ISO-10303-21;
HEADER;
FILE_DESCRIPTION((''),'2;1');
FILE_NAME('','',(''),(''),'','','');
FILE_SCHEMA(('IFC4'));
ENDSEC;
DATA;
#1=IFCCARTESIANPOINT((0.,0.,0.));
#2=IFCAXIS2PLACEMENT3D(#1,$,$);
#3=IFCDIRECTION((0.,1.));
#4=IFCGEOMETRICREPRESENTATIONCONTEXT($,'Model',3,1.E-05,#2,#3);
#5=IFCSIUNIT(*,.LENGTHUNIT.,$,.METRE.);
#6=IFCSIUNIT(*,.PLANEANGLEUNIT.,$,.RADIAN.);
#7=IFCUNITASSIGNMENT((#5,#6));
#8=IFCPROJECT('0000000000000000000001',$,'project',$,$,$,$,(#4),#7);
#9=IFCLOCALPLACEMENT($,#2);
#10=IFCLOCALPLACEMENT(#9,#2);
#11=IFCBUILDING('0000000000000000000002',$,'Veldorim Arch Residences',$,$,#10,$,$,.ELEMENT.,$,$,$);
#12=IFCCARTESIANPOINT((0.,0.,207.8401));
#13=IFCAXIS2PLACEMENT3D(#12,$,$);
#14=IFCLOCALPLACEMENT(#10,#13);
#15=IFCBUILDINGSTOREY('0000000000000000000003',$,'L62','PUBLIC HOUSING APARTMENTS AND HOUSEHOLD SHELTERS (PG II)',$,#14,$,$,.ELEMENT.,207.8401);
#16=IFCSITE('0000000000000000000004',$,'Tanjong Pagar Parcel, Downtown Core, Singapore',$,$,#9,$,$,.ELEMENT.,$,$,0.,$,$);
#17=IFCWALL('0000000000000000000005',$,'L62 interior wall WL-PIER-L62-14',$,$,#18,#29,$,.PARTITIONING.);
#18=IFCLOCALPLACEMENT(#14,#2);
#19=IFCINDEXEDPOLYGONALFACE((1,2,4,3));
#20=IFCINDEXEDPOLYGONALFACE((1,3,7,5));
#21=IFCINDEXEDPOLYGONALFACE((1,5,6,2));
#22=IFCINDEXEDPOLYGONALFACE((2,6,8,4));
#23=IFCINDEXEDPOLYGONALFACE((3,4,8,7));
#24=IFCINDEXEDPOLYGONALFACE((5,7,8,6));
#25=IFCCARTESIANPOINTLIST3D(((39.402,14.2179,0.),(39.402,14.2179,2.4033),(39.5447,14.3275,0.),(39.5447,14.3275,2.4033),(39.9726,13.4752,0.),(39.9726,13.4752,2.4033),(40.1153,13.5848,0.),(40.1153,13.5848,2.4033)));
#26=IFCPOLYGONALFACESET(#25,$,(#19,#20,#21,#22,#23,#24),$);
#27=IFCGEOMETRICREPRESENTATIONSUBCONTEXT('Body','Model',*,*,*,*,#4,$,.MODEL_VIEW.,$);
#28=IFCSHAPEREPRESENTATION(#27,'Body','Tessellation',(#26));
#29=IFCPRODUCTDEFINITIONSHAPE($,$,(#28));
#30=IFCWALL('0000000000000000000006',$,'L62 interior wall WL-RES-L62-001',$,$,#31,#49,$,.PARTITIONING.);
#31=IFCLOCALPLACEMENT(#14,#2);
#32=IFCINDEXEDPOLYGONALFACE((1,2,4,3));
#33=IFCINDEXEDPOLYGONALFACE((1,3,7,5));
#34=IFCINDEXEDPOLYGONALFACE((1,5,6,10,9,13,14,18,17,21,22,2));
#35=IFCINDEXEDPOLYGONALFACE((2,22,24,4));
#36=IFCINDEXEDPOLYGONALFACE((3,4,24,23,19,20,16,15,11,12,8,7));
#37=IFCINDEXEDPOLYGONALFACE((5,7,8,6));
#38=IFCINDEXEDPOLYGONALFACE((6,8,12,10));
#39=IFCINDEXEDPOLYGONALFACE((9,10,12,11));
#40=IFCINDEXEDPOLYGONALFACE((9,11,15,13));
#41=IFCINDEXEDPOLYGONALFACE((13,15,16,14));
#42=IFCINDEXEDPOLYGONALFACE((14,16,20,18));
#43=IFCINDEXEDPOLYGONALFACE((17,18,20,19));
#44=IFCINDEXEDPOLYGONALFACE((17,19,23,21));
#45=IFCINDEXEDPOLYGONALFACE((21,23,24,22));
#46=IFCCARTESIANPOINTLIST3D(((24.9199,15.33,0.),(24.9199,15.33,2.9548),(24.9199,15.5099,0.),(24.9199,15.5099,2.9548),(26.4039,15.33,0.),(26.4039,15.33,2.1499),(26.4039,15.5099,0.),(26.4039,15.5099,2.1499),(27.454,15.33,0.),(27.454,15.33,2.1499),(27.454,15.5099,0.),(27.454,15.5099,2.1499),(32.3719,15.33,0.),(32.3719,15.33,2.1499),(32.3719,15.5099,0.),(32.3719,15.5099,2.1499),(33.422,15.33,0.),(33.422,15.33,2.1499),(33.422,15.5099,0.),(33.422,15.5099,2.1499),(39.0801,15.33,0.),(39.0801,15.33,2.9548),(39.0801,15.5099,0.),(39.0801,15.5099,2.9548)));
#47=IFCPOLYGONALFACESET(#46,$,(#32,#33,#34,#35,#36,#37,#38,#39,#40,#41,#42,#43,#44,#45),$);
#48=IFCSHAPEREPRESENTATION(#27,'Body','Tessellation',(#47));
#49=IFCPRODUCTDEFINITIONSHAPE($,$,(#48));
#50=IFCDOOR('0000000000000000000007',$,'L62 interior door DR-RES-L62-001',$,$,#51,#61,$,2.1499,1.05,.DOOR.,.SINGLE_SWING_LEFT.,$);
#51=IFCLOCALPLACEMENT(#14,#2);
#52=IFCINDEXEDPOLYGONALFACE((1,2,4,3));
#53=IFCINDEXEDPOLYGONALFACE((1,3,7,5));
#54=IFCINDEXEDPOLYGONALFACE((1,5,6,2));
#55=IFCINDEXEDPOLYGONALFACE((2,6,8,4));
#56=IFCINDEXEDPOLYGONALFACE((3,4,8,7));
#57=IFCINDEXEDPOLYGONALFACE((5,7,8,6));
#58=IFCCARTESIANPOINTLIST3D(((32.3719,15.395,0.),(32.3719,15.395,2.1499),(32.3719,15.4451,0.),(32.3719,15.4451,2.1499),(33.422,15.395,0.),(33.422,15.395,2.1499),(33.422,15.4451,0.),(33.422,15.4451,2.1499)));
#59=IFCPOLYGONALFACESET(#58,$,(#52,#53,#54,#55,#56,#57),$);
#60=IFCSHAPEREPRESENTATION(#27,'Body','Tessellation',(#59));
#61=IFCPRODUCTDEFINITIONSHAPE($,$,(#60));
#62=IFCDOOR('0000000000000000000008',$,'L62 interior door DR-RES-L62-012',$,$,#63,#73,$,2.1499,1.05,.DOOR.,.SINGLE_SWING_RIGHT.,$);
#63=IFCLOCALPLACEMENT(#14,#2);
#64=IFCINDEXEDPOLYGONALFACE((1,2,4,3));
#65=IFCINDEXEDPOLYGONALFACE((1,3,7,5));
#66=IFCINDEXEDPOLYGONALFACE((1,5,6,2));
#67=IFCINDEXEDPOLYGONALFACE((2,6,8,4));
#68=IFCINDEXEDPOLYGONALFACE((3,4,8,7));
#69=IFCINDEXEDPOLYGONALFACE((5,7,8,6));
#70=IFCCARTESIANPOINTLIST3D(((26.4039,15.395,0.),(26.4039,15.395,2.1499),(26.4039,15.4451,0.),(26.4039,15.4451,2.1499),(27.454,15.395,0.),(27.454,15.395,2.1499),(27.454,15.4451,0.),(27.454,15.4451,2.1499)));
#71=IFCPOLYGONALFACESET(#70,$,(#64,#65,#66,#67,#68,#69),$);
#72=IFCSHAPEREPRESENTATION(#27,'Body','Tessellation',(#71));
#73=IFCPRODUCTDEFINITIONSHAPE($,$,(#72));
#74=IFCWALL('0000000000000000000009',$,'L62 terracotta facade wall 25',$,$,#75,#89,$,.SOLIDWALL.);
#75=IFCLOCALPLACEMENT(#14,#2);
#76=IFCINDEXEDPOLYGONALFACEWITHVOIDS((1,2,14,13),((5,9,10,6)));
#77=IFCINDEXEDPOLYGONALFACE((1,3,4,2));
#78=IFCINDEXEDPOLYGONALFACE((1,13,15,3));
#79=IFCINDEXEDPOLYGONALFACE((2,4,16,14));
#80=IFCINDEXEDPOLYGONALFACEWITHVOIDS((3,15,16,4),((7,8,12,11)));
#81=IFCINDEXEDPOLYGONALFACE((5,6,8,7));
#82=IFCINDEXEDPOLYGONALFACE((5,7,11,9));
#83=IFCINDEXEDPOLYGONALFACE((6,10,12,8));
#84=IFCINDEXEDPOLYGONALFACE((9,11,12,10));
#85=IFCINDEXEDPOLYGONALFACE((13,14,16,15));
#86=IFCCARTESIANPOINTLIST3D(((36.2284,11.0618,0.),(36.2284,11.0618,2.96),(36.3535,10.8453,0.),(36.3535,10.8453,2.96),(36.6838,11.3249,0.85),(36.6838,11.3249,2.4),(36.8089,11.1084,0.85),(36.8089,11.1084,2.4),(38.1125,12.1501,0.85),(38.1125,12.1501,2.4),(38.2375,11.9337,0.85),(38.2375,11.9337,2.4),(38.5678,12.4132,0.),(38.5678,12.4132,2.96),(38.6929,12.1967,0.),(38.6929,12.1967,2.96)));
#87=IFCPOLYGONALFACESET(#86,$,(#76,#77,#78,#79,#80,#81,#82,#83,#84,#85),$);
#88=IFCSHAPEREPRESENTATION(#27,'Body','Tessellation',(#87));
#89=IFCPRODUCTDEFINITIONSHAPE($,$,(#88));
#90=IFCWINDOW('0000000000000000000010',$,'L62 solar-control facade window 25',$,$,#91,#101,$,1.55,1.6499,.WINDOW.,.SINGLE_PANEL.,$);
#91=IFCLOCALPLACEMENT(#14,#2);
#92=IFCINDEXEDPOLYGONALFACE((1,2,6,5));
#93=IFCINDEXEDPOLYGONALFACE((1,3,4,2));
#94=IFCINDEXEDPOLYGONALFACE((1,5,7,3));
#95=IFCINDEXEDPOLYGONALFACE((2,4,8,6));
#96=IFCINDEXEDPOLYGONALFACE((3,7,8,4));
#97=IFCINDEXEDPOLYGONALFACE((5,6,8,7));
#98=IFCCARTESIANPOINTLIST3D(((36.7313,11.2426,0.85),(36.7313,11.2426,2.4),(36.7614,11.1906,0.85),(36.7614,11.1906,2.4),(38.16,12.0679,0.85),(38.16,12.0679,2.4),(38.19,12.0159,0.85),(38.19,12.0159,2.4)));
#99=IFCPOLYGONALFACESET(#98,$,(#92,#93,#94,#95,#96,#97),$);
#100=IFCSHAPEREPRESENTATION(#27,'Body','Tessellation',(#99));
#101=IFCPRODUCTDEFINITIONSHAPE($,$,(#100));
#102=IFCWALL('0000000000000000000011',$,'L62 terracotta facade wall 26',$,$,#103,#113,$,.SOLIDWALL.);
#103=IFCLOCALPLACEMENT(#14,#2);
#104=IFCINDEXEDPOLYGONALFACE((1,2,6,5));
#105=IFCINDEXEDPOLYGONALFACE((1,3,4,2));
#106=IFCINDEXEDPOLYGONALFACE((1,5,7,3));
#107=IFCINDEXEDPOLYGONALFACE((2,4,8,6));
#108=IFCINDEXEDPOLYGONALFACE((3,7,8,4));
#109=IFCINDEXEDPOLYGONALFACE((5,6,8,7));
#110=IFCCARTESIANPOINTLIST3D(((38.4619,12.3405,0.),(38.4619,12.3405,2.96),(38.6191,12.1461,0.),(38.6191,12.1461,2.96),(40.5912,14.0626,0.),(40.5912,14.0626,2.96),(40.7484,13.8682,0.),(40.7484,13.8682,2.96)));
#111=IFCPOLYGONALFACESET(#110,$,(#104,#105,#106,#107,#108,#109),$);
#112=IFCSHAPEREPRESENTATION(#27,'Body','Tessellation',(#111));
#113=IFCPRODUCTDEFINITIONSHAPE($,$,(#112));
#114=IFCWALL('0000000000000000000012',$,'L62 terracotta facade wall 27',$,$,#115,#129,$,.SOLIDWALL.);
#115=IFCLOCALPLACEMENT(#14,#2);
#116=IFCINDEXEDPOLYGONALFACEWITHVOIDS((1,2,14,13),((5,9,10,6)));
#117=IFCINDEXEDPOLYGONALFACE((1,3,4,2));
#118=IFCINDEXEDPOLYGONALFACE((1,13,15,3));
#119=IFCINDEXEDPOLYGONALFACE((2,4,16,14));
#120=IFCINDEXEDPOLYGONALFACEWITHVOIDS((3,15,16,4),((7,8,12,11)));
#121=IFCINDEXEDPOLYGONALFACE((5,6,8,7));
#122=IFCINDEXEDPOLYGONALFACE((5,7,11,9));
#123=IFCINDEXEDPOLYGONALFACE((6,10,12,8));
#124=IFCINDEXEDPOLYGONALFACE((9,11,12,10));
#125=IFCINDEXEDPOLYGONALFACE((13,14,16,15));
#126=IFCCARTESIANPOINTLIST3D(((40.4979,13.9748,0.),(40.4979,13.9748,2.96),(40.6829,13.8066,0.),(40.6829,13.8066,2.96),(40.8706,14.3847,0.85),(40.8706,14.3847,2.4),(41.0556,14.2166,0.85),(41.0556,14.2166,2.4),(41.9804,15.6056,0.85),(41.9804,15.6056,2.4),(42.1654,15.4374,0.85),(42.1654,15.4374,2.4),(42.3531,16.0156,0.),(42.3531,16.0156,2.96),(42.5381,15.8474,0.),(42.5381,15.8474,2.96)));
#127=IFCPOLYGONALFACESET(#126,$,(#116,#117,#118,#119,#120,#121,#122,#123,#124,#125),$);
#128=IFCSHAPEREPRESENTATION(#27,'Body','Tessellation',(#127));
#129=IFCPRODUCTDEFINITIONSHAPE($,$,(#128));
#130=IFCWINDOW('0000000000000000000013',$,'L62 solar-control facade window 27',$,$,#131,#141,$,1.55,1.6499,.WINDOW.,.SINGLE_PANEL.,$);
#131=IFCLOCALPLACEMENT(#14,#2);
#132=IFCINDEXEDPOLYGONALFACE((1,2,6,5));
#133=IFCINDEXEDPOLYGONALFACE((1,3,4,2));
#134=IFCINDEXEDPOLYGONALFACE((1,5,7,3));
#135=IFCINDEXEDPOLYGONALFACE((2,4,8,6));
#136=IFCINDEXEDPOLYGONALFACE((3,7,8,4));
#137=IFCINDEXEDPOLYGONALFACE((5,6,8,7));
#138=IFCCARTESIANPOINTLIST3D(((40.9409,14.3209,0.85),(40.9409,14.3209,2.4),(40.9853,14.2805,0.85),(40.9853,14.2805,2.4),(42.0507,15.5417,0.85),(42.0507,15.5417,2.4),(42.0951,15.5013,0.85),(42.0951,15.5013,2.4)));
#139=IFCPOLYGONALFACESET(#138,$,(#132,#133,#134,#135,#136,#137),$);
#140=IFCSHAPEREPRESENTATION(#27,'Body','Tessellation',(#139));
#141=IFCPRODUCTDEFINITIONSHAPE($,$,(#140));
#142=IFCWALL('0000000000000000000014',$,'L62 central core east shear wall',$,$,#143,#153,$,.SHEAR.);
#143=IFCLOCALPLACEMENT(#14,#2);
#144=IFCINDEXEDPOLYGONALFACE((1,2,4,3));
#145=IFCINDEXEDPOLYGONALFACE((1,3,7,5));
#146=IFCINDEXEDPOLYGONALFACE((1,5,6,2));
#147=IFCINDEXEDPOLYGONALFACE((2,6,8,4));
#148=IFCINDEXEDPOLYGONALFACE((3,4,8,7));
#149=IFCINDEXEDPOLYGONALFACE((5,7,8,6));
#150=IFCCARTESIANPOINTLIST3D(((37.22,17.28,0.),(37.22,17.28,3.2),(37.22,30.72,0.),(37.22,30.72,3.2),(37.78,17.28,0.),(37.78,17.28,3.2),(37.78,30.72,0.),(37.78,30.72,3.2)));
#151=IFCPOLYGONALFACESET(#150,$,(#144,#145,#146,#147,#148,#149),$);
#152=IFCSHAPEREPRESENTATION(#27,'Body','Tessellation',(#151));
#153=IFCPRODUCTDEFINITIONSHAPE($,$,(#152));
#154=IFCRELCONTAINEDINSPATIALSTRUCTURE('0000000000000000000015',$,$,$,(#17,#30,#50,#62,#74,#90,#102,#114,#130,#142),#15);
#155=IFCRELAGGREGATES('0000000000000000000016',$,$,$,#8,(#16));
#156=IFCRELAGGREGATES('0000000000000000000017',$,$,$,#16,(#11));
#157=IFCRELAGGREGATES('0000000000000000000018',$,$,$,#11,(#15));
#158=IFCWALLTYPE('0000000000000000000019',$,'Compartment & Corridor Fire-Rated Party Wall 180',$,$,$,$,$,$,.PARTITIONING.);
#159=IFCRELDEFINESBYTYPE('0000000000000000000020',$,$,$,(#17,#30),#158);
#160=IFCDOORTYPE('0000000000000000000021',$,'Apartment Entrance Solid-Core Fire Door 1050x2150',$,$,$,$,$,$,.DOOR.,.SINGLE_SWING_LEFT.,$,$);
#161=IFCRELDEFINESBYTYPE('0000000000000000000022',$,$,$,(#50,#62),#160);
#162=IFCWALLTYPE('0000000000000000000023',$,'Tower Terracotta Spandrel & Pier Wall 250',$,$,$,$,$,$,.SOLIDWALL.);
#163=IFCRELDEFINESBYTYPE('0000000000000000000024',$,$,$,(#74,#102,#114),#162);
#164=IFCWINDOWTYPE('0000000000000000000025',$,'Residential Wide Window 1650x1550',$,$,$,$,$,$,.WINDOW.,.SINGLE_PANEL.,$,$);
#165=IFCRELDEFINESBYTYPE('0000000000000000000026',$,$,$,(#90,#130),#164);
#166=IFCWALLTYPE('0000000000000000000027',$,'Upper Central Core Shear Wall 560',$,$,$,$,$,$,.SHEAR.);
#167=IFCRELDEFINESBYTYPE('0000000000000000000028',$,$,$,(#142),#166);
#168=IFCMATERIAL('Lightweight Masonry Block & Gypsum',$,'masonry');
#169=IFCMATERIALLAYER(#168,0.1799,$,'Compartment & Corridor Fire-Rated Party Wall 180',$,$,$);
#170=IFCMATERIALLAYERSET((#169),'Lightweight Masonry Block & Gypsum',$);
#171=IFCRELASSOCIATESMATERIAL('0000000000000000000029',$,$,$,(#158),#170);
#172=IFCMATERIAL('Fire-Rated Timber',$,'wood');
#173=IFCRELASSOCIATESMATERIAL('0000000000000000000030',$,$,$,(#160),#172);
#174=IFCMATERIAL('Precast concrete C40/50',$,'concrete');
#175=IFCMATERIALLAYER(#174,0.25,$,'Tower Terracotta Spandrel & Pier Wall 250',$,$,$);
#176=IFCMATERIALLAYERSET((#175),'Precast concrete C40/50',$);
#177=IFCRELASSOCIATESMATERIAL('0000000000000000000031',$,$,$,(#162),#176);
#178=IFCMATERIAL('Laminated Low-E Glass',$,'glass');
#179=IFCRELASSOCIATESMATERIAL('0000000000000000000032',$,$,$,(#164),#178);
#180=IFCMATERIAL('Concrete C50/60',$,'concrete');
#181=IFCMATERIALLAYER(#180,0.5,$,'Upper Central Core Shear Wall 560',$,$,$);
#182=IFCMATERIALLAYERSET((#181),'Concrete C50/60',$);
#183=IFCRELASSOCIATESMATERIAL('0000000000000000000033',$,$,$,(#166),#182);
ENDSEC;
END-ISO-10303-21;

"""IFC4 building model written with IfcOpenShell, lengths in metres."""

from ifc_helpers import new_model, si_unit, direction, frame, frame_2d, origin, place, context, subcontext, project, spatial, rectangle, extrude, material, layer, layer_set, type_object, element, fill, save


model = new_model("IFC4")

# Units and contexts
model_context = context("Model", 3, precision=1e-05, world=origin(), true_north=direction((0.0, 1.0)))
body_context = subcontext(model_context, "Body", "Model", "MODEL_VIEW")
ifc_project = project(units=[si_unit("LENGTHUNIT", "METRE"), si_unit("PLANEANGLEUNIT", "RADIAN")], contexts=[model_context])

# Site, building, storey
site_placement = place(None, origin())
site = spatial("IfcSite", under=ifc_project, at=site_placement, Name="Tanjong Pagar Parcel, Downtown Core, Singapore", CompositionType="ELEMENT", RefElevation=0.0)
building_placement = place(site_placement, origin())
building = spatial("IfcBuilding", under=site, at=building_placement, Name="Veldorim Arch Residences", CompositionType="ELEMENT")
storey_placement = place(building_placement, frame((0.0, 0.0, 207.8401)))
storey = spatial("IfcBuildingStorey", under=building, at=storey_placement, Name="L62", Description="PUBLIC HOUSING APARTMENTS AND HOUSEHOLD SHELTERS (PG II)", CompositionType="ELEMENT", Elevation=207.8401)

# Wall
ifc_material_1 = material(Name="Lightweight Masonry Block & Gypsum", Category="masonry")
ifc_layer_1 = layer(ifc_material_1, 0.1799, Name="Compartment & Corridor Fire-Rated Party Wall 180")
ifc_layer_set_1 = layer_set([ifc_layer_1], Name="Lightweight Masonry Block & Gypsum")
wall_type_1 = type_object("IfcWallType", Name="Compartment & Corridor Fire-Rated Party Wall 180", PredefinedType="PARTITIONING", material=ifc_layer_set_1)
wall_1_placement = place(storey_placement, frame((39.4734, 14.2727, 0.0), z_axis=(0.0, 0.0, 1.0), x_axis=(0.609219, -0.793002, 0.0)))
element("IfcWall", 1, at=wall_1_placement, inside=storey, type_object=wall_type_1, Name="L62 interior wall WL-PIER-L62-14", PredefinedType="PARTITIONING", context=body_context, shape_type="SweptSolid", body=[
    extrude(rectangle(XDim=0.9365, YDim=0.1799, at=frame_2d((0.4683, 0.0))), origin(), (0.0, 0.0, 1.0), 2.4033),
])

# Wall, openings, doors
wall_2_placement = place(storey_placement, frame((39.0801, 15.4199, 0.0), z_axis=(0.0, 0.0, 1.0), x_axis=(-1.0, 0.0, 0.0)))
wall_2 = element("IfcWall", 2, at=wall_2_placement, inside=storey, type_object=wall_type_1, Name="L62 interior wall WL-RES-L62-001", PredefinedType="PARTITIONING", context=body_context, shape_type="SweptSolid", body=[
    extrude(rectangle(XDim=14.1602, YDim=0.1799, at=frame_2d((7.0801, 0.0))), origin(), (0.0, 0.0, 1.0), 2.9548),
])
opening_1_placement = place(wall_2_placement, frame((5.6582, 0.0, 0.0)))
opening_1 = element("IfcOpeningElement", 3, at=opening_1_placement, cuts=wall_2, PredefinedType="OPENING", context=body_context, shape_type="SweptSolid", body=[
    extrude(rectangle(XDim=1.05, YDim=2.1499, at=frame_2d((0.5249, 1.075))), frame((0.0, 0.0999, 0.0), z_axis=(0.0, -1.0, 0.0), x_axis=(1.0, 0.0, 0.0)), (0.0, 0.0, 1.0), 0.2),
])
opening_2_placement = place(wall_2_placement, frame((11.6262, 0.0, 0.0)))
opening_2 = element("IfcOpeningElement", 4, at=opening_2_placement, cuts=wall_2, PredefinedType="OPENING", context=body_context, shape_type="SweptSolid", body=[
    extrude(rectangle(XDim=1.05, YDim=2.1499, at=frame_2d((0.5249, 1.075))), frame((0.0, 0.0999, 0.0), z_axis=(0.0, -1.0, 0.0), x_axis=(1.0, 0.0, 0.0)), (0.0, 0.0, 1.0), 0.2),
])
ifc_material_2 = material(Name="Fire-Rated Timber", Category="wood")
door_type_1 = type_object("IfcDoorType", Name="Apartment Entrance Solid-Core Fire Door 1050x2150", OperationType="SINGLE_SWING_LEFT", PredefinedType="DOOR", material=ifc_material_2)
door_1_placement = place(opening_1_placement, origin())
door_1 = element("IfcDoor", 5, at=door_1_placement, inside=storey, type_object=door_type_1, Name="L62 interior door DR-RES-L62-001", OperationType="SINGLE_SWING_LEFT", OverallHeight=2.1499, OverallWidth=1.05, PredefinedType="DOOR", context=body_context, shape_type="SweptSolid", body=[
    extrude(rectangle(XDim=1.05, YDim=2.1499, at=frame_2d((0.5249, 1.075))), frame((0.0, 0.0249, 0.0), z_axis=(0.0, -1.0, 0.0), x_axis=(1.0, 0.0, 0.0)), (0.0, 0.0, 1.0), 0.05),
])
fill(opening_1, door_1)
door_2_placement = place(opening_2_placement, origin())
door_2 = element("IfcDoor", 6, at=door_2_placement, inside=storey, type_object=door_type_1, Name="L62 interior door DR-RES-L62-012", OperationType="SINGLE_SWING_RIGHT", OverallHeight=2.1499, OverallWidth=1.05, PredefinedType="DOOR", context=body_context, shape_type="SweptSolid", body=[
    extrude(rectangle(XDim=1.05, YDim=2.1499, at=frame_2d((0.5249, 1.075))), frame((0.0, 0.0249, 0.0), z_axis=(0.0, -1.0, 0.0), x_axis=(1.0, 0.0, 0.0)), (0.0, 0.0, 1.0), 0.05),
])
fill(opening_2, door_2)

# Wall, opening, window
ifc_material_3 = material(Name="Precast concrete C40/50", Category="concrete")
ifc_layer_2 = layer(ifc_material_3, 0.25, Name="Tower Terracotta Spandrel & Pier Wall 250")
ifc_layer_set_2 = layer_set([ifc_layer_2], Name="Precast concrete C40/50")
wall_type_2 = type_object("IfcWallType", Name="Tower Terracotta Spandrel & Pier Wall 250", PredefinedType="SOLIDWALL", material=ifc_layer_set_2)
wall_3_placement = place(storey_placement, frame((38.6304, 12.3049, 0.0), z_axis=(0.0, 0.0, 1.0), x_axis=(-0.865915, -0.500192, 0.0)))
wall_3 = element("IfcWall", 7, at=wall_3_placement, inside=storey, type_object=wall_type_2, Name="L62 terracotta facade wall 25", PredefinedType="SOLIDWALL", context=body_context, shape_type="SweptSolid", body=[
    extrude(rectangle(XDim=2.7017, YDim=0.25, at=frame_2d((1.3508, 0.0))), origin(), (0.0, 0.0, 1.0), 2.96),
])
opening_3_placement = place(wall_3_placement, frame((0.5259, 0.0, 0.8501)))
opening_3 = element("IfcOpeningElement", 8, at=opening_3_placement, cuts=wall_3, PredefinedType="OPENING", context=body_context, shape_type="SweptSolid", body=[
    extrude(rectangle(XDim=1.6499, YDim=1.55, at=frame_2d((0.825, 0.7749))), frame((0.0, 0.135, 0.0), z_axis=(0.0, -1.0, 0.0), x_axis=(1.0, 0.0, 0.0)), (0.0, 0.0, 1.0), 0.27),
])
ifc_material_4 = material(Name="Laminated Low-E Glass", Category="glass")
window_type = type_object("IfcWindowType", Name="Residential Wide Window 1650x1550", PartitioningType="SINGLE_PANEL", PredefinedType="WINDOW", material=ifc_material_4)
window_1_placement = place(opening_3_placement, origin())
window_1 = element("IfcWindow", 9, at=window_1_placement, inside=storey, type_object=window_type, Name="L62 solar-control facade window 25", OverallHeight=1.55, OverallWidth=1.6499, PartitioningType="SINGLE_PANEL", PredefinedType="WINDOW", context=body_context, shape_type="SweptSolid", body=[
    extrude(rectangle(XDim=1.6499, YDim=1.55, at=frame_2d((0.825, 0.7749))), frame((0.0, 0.03, 0.0), z_axis=(0.0, -1.0, 0.0), x_axis=(1.0, 0.0, 0.0)), (0.0, 0.0, 1.0), 0.0601),
])
fill(opening_3, window_1)

# Wall
wall_4_placement = place(storey_placement, frame((40.6697, 13.9653, 0.0), z_axis=(0.0, 0.0, 1.0), x_axis=(-0.777535, -0.628839, 0.0)))
element("IfcWall", 10, at=wall_4_placement, inside=storey, type_object=wall_type_2, Name="L62 terracotta facade wall 26", PredefinedType="SOLIDWALL", context=body_context, shape_type="SweptSolid", body=[
    extrude(rectangle(XDim=2.7385, YDim=0.25, at=frame_2d((1.3691, 0.0))), origin(), (0.0, 0.0, 1.0), 2.96),
])

# Wall, opening, window
wall_5_placement = place(storey_placement, frame((42.4456, 15.9314, 0.0), z_axis=(0.0, 0.0, 1.0), x_axis=(-0.672668, -0.739944, 0.0)))
wall_5 = element("IfcWall", 11, at=wall_5_placement, inside=storey, type_object=wall_type_2, Name="L62 terracotta facade wall 27", PredefinedType="SOLIDWALL", context=body_context, shape_type="SweptSolid", body=[
    extrude(rectangle(XDim=2.7581, YDim=0.25, at=frame_2d((1.3789, 0.0))), origin(), (0.0, 0.0, 1.0), 2.96),
])
opening_4_placement = place(wall_5_placement, frame((0.554, 0.0, 0.8501)))
opening_4 = element("IfcOpeningElement", 12, at=opening_4_placement, cuts=wall_5, PredefinedType="OPENING", context=body_context, shape_type="SweptSolid", body=[
    extrude(rectangle(XDim=1.6499, YDim=1.55, at=frame_2d((0.825, 0.7749))), frame((0.0, 0.135, 0.0), z_axis=(0.0, -1.0, 0.0), x_axis=(1.0, 0.0, 0.0)), (0.0, 0.0, 1.0), 0.27),
])
window_2_placement = place(opening_4_placement, origin())
window_2 = element("IfcWindow", 13, at=window_2_placement, inside=storey, type_object=window_type, Name="L62 solar-control facade window 27", OverallHeight=1.55, OverallWidth=1.6499, PartitioningType="SINGLE_PANEL", PredefinedType="WINDOW", context=body_context, shape_type="SweptSolid", body=[
    extrude(rectangle(XDim=1.6499, YDim=1.55, at=frame_2d((0.825, 0.7749))), frame((0.0, 0.03, 0.0), z_axis=(0.0, -1.0, 0.0), x_axis=(1.0, 0.0, 0.0)), (0.0, 0.0, 1.0), 0.0601),
])
fill(opening_4, window_2)

# Wall
ifc_material_5 = material(Name="Concrete C50/60", Category="concrete")
ifc_layer_3 = layer(ifc_material_5, 0.5, Name="Upper Central Core Shear Wall 560")
ifc_layer_set_3 = layer_set([ifc_layer_3], Name="Concrete C50/60")
wall_type_3 = type_object("IfcWallType", Name="Upper Central Core Shear Wall 560", PredefinedType="SHEAR", material=ifc_layer_set_3)
wall_6_placement = place(storey_placement, frame((37.5, 17.28, 0.0), z_axis=(0.0, 0.0, 1.0), x_axis=(0.0, 1.0, 0.0)))
element("IfcWall", 14, at=wall_6_placement, inside=storey, type_object=wall_type_3, Name="L62 central core east shear wall", PredefinedType="SHEAR", context=body_context, shape_type="SweptSolid", body=[
    extrude(rectangle(XDim=13.4399, YDim=0.5601, at=frame_2d((6.72, 0.0))), origin(), (0.0, 0.0, 1.0), 3.2),
])

save(model, "model.ifc")
